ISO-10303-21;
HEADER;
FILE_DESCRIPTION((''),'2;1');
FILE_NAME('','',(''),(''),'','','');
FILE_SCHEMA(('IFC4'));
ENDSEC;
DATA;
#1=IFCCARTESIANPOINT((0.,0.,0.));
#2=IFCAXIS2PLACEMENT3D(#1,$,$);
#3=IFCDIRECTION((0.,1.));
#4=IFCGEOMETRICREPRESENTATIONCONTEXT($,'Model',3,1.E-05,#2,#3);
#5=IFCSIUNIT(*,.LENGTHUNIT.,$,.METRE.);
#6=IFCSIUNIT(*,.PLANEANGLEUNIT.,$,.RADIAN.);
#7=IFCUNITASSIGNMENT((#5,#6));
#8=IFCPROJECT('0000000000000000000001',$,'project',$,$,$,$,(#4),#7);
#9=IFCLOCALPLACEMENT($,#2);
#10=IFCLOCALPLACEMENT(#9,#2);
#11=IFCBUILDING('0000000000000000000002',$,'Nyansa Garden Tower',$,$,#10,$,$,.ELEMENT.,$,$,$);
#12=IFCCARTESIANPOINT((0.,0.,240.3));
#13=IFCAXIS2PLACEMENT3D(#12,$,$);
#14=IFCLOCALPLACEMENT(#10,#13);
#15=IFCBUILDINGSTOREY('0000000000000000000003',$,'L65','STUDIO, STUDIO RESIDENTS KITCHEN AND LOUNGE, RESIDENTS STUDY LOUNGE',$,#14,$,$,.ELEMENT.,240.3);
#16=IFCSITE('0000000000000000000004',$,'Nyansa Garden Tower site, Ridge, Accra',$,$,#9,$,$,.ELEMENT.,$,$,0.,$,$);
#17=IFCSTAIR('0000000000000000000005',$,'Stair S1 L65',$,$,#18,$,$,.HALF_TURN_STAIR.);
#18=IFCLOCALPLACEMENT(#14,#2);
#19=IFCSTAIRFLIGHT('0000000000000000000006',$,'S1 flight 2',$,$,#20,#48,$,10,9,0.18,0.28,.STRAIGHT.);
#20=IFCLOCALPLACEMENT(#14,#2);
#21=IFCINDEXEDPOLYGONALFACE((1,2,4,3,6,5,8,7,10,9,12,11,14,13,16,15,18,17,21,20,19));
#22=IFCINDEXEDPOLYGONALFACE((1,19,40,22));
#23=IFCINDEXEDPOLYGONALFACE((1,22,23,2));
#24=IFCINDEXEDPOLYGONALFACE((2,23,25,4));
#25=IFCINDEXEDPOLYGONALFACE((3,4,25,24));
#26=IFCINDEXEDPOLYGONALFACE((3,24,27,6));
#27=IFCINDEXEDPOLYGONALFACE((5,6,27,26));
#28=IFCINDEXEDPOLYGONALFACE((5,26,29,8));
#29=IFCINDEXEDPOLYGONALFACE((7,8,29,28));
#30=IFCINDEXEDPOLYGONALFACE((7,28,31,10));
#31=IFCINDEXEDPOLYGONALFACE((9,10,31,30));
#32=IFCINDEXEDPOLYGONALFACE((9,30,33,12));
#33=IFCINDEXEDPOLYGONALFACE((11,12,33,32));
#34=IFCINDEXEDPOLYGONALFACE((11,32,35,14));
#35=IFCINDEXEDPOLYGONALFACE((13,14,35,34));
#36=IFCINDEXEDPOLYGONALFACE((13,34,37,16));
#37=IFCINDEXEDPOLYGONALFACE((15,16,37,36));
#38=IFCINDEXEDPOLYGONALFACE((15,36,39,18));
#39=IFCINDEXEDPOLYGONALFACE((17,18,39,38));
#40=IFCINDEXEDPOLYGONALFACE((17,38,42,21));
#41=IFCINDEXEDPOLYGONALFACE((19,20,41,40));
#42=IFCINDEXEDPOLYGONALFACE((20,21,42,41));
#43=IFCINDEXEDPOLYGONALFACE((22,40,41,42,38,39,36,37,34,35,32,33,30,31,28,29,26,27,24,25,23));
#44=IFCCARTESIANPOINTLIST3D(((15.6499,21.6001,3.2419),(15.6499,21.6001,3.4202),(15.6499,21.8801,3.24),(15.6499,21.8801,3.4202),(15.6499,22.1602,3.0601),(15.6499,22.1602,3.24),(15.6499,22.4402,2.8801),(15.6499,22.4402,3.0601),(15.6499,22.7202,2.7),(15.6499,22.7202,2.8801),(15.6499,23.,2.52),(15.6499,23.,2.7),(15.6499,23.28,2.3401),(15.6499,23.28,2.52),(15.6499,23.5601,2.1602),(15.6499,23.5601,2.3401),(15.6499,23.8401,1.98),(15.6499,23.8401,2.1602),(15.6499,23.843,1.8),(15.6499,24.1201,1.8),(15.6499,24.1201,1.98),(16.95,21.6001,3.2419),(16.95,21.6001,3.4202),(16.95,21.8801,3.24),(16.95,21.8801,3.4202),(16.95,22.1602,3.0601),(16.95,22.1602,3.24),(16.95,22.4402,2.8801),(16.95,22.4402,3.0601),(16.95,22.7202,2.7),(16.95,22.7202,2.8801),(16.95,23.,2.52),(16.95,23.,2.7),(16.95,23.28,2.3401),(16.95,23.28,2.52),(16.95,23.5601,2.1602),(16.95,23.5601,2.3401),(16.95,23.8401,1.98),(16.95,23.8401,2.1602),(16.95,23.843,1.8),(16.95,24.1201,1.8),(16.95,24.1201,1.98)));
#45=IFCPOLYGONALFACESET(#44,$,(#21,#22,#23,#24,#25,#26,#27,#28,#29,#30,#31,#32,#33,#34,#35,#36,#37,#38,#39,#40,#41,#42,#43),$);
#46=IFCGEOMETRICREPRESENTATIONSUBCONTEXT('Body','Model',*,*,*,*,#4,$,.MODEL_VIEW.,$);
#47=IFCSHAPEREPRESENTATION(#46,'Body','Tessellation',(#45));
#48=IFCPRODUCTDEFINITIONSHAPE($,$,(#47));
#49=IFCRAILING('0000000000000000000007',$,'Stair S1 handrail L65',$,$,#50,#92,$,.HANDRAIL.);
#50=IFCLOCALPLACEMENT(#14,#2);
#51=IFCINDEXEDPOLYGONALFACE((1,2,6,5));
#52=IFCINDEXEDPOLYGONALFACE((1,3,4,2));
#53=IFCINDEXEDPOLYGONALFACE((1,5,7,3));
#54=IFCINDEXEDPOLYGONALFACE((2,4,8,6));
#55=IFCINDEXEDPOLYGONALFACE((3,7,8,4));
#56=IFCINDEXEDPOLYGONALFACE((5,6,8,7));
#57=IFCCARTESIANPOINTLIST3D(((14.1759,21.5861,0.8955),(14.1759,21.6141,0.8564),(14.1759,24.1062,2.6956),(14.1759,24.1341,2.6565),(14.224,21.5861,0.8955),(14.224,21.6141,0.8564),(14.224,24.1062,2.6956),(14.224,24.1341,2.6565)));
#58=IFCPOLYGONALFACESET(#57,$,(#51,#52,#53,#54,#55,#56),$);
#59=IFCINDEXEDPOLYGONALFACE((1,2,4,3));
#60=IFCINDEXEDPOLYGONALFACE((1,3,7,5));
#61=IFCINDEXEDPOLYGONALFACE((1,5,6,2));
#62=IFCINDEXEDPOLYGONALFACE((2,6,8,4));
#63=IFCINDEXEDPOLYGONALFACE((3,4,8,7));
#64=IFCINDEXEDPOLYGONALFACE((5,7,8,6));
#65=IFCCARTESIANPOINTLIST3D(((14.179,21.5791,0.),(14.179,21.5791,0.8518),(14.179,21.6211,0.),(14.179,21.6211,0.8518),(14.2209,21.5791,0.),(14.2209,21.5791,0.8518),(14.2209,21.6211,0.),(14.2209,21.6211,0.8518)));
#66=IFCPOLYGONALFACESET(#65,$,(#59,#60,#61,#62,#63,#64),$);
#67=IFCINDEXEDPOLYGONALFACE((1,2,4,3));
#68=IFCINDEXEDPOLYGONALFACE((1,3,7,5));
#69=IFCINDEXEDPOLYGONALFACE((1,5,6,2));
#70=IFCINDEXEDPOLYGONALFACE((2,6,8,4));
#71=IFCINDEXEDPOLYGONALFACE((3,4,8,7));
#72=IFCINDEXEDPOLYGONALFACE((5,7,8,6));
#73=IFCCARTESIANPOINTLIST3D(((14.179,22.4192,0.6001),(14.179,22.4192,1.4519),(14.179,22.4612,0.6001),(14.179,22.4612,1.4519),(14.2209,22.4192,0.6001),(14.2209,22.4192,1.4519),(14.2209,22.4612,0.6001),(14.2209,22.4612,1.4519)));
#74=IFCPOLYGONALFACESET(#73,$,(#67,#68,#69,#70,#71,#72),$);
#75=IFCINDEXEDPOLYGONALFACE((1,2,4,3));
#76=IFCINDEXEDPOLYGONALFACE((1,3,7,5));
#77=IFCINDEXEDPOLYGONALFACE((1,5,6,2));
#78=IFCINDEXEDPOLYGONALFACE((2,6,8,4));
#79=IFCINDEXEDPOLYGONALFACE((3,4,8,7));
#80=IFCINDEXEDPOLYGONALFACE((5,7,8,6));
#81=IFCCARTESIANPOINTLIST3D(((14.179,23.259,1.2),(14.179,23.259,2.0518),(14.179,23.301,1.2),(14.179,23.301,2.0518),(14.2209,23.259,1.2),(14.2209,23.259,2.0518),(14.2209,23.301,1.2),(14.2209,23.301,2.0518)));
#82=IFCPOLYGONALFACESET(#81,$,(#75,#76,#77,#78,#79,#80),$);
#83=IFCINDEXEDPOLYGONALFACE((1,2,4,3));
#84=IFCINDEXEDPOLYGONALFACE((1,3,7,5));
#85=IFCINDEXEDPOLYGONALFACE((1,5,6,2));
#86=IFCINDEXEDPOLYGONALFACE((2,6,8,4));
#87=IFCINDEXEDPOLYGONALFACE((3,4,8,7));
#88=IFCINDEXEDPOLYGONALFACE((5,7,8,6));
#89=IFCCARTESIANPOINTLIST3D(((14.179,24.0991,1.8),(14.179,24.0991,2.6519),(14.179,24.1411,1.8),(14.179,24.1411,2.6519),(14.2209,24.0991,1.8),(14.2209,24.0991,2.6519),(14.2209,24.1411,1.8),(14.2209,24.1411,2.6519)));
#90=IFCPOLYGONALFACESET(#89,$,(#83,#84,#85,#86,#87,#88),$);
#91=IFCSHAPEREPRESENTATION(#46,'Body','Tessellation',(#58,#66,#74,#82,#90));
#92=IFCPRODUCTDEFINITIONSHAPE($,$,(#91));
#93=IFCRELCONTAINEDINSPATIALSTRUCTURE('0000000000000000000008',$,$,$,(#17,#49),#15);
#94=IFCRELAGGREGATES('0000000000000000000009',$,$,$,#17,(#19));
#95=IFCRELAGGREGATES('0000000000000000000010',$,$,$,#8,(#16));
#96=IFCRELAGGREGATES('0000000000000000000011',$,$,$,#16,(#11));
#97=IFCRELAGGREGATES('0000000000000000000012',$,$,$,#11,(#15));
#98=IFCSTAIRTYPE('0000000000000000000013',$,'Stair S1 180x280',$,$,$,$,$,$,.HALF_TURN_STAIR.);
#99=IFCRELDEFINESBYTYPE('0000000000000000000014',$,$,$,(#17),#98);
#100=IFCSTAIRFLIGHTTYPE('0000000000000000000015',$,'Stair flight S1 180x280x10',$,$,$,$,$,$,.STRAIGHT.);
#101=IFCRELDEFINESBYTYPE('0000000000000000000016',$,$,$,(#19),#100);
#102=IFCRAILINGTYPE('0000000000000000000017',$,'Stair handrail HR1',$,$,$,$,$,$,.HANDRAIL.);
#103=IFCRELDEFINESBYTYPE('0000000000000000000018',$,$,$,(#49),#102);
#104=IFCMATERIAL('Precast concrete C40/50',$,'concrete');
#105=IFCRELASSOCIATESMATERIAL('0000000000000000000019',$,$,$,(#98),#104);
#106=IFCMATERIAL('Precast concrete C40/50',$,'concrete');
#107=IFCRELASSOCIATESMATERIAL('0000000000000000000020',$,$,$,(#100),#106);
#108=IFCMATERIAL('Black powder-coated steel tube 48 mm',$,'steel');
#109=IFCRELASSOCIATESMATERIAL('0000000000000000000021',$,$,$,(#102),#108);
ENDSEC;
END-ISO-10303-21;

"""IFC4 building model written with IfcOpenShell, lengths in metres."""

from ifc_helpers import new_model, si_unit, direction, frame, origin, origin_2d, place, context, subcontext, project, spatial, polyline, rectangle, outline, extrude, material, type_object, element, aggregate, save


model = new_model("IFC4")

# Units and contexts
model_context = context("Model", 3, precision=1e-05, world=origin(), true_north=direction((0.0, 1.0)))
body_context = subcontext(model_context, "Body", "Model", "MODEL_VIEW")
ifc_project = project(units=[si_unit("LENGTHUNIT", "METRE"), si_unit("PLANEANGLEUNIT", "RADIAN")], contexts=[model_context])

# Site, building, storey
site_placement = place(None, origin())
site = spatial("IfcSite", under=ifc_project, at=site_placement, Name="Nyansa Garden Tower site, Ridge, Accra", CompositionType="ELEMENT", RefElevation=0.0)
building_placement = place(site_placement, origin())
building = spatial("IfcBuilding", under=site, at=building_placement, Name="Nyansa Garden Tower", CompositionType="ELEMENT")
storey_placement = place(building_placement, frame((0.0, 0.0, 240.3)))
storey = spatial("IfcBuildingStorey", under=building, at=storey_placement, Name="L65", Description="STUDIO, STUDIO RESIDENTS KITCHEN AND LOUNGE, RESIDENTS STUDY LOUNGE", CompositionType="ELEMENT", Elevation=240.3)

# Stair, stair flight
ifc_material_1 = material(Name="Precast concrete C40/50", Category="concrete")
stair_type = type_object("IfcStairType", Name="Stair S1 180x280", PredefinedType="HALF_TURN_STAIR", material=ifc_material_1)
stair_placement = place(storey_placement, origin())
stair = element("IfcStair", 1, at=stair_placement, inside=storey, type_object=stair_type, Name="Stair S1 L65", PredefinedType="HALF_TURN_STAIR")
ifc_material_2 = material(Name="Precast concrete C40/50", Category="concrete")
stair_flight_type = type_object("IfcStairFlightType", Name="Stair flight S1 180x280x10", PredefinedType="STRAIGHT", material=ifc_material_2)
stair_flight_1_placement = place(storey_placement, frame((16.3, 24.1201, 1.8), z_axis=(0.0, 0.0, 1.0), x_axis=(0.0, -1.0, 0.0)))
stair_flight_1 = element("IfcStairFlight", 2, at=stair_flight_1_placement, type_object=stair_flight_type, Name="S1 flight 2", NumberOfRisers=10, NumberOfTreads=9, PredefinedType="STRAIGHT", RiserHeight=0.18, TreadLength=0.28, context=body_context, shape_type="SweptSolid", body=[
    extrude(outline(polyline([(0.0, 0.0), (0.0, 0.1799), (0.28, 0.1799), (0.28, 0.3601), (0.5601, 0.3601), (0.5601, 0.54), (0.8401, 0.54), (0.8401, 0.72), (1.1201, 0.72), (1.1201, 0.8999), (1.3999, 0.8999), (1.3999, 1.0801), (1.6799, 1.0801), (1.6799, 1.26), (1.96, 1.26), (1.96, 1.4399), (2.24, 1.4399), (2.24, 1.6201), (2.52, 1.6201), (2.52, 1.8), (2.52, 1.4419), (0.2771, 0.0), (0.0, 0.0)])), frame((0.0, 0.6499, 0.0), z_axis=(0.0, -1.0, 0.0), x_axis=(1.0, 0.0, 0.0)), (0.0, 0.0, 1.0), 1.3),
])
aggregate(stair, [stair_flight_1])

# Railing
ifc_material_3 = material(Name="Black powder-coated steel tube 48 mm", Category="steel")
railing_type = type_object("IfcRailingType", Name="Stair handrail HR1", PredefinedType="HANDRAIL", material=ifc_material_3)
railing_placement = place(storey_placement, frame((14.2, 21.6001, 0.0)))
element("IfcRailing", 3, at=railing_placement, inside=storey, type_object=railing_type, Name="Stair S1 handrail L65", PredefinedType="HANDRAIL", context=body_context, shape_type="SweptSolid", body=[
    extrude(rectangle(XDim=0.0481, YDim=0.0481, at=origin_2d()), frame((0.0, 0.0, 0.876), z_axis=(0.0, 0.813728, 0.581246), x_axis=(-1.0, 0.0, 0.0)), (0.0, 0.0, 1.0), 3.0969),
    extrude(rectangle(XDim=0.042, YDim=0.042, at=origin_2d()), origin(), (0.0, 0.0, 1.0), 0.8518),
    extrude(rectangle(XDim=0.042, YDim=0.042, at=origin_2d()), frame((0.0, 0.8401, 0.6001)), (0.0, 0.0, 1.0), 0.8518),
    extrude(rectangle(XDim=0.042, YDim=0.042, at=origin_2d()), frame((0.0, 1.6799, 1.2)), (0.0, 0.0, 1.0), 0.8518),
    extrude(rectangle(XDim=0.042, YDim=0.042, at=origin_2d()), frame((0.0, 2.52, 1.8)), (0.0, 0.0, 1.0), 0.8518),
])

save(model, "model.ifc")
